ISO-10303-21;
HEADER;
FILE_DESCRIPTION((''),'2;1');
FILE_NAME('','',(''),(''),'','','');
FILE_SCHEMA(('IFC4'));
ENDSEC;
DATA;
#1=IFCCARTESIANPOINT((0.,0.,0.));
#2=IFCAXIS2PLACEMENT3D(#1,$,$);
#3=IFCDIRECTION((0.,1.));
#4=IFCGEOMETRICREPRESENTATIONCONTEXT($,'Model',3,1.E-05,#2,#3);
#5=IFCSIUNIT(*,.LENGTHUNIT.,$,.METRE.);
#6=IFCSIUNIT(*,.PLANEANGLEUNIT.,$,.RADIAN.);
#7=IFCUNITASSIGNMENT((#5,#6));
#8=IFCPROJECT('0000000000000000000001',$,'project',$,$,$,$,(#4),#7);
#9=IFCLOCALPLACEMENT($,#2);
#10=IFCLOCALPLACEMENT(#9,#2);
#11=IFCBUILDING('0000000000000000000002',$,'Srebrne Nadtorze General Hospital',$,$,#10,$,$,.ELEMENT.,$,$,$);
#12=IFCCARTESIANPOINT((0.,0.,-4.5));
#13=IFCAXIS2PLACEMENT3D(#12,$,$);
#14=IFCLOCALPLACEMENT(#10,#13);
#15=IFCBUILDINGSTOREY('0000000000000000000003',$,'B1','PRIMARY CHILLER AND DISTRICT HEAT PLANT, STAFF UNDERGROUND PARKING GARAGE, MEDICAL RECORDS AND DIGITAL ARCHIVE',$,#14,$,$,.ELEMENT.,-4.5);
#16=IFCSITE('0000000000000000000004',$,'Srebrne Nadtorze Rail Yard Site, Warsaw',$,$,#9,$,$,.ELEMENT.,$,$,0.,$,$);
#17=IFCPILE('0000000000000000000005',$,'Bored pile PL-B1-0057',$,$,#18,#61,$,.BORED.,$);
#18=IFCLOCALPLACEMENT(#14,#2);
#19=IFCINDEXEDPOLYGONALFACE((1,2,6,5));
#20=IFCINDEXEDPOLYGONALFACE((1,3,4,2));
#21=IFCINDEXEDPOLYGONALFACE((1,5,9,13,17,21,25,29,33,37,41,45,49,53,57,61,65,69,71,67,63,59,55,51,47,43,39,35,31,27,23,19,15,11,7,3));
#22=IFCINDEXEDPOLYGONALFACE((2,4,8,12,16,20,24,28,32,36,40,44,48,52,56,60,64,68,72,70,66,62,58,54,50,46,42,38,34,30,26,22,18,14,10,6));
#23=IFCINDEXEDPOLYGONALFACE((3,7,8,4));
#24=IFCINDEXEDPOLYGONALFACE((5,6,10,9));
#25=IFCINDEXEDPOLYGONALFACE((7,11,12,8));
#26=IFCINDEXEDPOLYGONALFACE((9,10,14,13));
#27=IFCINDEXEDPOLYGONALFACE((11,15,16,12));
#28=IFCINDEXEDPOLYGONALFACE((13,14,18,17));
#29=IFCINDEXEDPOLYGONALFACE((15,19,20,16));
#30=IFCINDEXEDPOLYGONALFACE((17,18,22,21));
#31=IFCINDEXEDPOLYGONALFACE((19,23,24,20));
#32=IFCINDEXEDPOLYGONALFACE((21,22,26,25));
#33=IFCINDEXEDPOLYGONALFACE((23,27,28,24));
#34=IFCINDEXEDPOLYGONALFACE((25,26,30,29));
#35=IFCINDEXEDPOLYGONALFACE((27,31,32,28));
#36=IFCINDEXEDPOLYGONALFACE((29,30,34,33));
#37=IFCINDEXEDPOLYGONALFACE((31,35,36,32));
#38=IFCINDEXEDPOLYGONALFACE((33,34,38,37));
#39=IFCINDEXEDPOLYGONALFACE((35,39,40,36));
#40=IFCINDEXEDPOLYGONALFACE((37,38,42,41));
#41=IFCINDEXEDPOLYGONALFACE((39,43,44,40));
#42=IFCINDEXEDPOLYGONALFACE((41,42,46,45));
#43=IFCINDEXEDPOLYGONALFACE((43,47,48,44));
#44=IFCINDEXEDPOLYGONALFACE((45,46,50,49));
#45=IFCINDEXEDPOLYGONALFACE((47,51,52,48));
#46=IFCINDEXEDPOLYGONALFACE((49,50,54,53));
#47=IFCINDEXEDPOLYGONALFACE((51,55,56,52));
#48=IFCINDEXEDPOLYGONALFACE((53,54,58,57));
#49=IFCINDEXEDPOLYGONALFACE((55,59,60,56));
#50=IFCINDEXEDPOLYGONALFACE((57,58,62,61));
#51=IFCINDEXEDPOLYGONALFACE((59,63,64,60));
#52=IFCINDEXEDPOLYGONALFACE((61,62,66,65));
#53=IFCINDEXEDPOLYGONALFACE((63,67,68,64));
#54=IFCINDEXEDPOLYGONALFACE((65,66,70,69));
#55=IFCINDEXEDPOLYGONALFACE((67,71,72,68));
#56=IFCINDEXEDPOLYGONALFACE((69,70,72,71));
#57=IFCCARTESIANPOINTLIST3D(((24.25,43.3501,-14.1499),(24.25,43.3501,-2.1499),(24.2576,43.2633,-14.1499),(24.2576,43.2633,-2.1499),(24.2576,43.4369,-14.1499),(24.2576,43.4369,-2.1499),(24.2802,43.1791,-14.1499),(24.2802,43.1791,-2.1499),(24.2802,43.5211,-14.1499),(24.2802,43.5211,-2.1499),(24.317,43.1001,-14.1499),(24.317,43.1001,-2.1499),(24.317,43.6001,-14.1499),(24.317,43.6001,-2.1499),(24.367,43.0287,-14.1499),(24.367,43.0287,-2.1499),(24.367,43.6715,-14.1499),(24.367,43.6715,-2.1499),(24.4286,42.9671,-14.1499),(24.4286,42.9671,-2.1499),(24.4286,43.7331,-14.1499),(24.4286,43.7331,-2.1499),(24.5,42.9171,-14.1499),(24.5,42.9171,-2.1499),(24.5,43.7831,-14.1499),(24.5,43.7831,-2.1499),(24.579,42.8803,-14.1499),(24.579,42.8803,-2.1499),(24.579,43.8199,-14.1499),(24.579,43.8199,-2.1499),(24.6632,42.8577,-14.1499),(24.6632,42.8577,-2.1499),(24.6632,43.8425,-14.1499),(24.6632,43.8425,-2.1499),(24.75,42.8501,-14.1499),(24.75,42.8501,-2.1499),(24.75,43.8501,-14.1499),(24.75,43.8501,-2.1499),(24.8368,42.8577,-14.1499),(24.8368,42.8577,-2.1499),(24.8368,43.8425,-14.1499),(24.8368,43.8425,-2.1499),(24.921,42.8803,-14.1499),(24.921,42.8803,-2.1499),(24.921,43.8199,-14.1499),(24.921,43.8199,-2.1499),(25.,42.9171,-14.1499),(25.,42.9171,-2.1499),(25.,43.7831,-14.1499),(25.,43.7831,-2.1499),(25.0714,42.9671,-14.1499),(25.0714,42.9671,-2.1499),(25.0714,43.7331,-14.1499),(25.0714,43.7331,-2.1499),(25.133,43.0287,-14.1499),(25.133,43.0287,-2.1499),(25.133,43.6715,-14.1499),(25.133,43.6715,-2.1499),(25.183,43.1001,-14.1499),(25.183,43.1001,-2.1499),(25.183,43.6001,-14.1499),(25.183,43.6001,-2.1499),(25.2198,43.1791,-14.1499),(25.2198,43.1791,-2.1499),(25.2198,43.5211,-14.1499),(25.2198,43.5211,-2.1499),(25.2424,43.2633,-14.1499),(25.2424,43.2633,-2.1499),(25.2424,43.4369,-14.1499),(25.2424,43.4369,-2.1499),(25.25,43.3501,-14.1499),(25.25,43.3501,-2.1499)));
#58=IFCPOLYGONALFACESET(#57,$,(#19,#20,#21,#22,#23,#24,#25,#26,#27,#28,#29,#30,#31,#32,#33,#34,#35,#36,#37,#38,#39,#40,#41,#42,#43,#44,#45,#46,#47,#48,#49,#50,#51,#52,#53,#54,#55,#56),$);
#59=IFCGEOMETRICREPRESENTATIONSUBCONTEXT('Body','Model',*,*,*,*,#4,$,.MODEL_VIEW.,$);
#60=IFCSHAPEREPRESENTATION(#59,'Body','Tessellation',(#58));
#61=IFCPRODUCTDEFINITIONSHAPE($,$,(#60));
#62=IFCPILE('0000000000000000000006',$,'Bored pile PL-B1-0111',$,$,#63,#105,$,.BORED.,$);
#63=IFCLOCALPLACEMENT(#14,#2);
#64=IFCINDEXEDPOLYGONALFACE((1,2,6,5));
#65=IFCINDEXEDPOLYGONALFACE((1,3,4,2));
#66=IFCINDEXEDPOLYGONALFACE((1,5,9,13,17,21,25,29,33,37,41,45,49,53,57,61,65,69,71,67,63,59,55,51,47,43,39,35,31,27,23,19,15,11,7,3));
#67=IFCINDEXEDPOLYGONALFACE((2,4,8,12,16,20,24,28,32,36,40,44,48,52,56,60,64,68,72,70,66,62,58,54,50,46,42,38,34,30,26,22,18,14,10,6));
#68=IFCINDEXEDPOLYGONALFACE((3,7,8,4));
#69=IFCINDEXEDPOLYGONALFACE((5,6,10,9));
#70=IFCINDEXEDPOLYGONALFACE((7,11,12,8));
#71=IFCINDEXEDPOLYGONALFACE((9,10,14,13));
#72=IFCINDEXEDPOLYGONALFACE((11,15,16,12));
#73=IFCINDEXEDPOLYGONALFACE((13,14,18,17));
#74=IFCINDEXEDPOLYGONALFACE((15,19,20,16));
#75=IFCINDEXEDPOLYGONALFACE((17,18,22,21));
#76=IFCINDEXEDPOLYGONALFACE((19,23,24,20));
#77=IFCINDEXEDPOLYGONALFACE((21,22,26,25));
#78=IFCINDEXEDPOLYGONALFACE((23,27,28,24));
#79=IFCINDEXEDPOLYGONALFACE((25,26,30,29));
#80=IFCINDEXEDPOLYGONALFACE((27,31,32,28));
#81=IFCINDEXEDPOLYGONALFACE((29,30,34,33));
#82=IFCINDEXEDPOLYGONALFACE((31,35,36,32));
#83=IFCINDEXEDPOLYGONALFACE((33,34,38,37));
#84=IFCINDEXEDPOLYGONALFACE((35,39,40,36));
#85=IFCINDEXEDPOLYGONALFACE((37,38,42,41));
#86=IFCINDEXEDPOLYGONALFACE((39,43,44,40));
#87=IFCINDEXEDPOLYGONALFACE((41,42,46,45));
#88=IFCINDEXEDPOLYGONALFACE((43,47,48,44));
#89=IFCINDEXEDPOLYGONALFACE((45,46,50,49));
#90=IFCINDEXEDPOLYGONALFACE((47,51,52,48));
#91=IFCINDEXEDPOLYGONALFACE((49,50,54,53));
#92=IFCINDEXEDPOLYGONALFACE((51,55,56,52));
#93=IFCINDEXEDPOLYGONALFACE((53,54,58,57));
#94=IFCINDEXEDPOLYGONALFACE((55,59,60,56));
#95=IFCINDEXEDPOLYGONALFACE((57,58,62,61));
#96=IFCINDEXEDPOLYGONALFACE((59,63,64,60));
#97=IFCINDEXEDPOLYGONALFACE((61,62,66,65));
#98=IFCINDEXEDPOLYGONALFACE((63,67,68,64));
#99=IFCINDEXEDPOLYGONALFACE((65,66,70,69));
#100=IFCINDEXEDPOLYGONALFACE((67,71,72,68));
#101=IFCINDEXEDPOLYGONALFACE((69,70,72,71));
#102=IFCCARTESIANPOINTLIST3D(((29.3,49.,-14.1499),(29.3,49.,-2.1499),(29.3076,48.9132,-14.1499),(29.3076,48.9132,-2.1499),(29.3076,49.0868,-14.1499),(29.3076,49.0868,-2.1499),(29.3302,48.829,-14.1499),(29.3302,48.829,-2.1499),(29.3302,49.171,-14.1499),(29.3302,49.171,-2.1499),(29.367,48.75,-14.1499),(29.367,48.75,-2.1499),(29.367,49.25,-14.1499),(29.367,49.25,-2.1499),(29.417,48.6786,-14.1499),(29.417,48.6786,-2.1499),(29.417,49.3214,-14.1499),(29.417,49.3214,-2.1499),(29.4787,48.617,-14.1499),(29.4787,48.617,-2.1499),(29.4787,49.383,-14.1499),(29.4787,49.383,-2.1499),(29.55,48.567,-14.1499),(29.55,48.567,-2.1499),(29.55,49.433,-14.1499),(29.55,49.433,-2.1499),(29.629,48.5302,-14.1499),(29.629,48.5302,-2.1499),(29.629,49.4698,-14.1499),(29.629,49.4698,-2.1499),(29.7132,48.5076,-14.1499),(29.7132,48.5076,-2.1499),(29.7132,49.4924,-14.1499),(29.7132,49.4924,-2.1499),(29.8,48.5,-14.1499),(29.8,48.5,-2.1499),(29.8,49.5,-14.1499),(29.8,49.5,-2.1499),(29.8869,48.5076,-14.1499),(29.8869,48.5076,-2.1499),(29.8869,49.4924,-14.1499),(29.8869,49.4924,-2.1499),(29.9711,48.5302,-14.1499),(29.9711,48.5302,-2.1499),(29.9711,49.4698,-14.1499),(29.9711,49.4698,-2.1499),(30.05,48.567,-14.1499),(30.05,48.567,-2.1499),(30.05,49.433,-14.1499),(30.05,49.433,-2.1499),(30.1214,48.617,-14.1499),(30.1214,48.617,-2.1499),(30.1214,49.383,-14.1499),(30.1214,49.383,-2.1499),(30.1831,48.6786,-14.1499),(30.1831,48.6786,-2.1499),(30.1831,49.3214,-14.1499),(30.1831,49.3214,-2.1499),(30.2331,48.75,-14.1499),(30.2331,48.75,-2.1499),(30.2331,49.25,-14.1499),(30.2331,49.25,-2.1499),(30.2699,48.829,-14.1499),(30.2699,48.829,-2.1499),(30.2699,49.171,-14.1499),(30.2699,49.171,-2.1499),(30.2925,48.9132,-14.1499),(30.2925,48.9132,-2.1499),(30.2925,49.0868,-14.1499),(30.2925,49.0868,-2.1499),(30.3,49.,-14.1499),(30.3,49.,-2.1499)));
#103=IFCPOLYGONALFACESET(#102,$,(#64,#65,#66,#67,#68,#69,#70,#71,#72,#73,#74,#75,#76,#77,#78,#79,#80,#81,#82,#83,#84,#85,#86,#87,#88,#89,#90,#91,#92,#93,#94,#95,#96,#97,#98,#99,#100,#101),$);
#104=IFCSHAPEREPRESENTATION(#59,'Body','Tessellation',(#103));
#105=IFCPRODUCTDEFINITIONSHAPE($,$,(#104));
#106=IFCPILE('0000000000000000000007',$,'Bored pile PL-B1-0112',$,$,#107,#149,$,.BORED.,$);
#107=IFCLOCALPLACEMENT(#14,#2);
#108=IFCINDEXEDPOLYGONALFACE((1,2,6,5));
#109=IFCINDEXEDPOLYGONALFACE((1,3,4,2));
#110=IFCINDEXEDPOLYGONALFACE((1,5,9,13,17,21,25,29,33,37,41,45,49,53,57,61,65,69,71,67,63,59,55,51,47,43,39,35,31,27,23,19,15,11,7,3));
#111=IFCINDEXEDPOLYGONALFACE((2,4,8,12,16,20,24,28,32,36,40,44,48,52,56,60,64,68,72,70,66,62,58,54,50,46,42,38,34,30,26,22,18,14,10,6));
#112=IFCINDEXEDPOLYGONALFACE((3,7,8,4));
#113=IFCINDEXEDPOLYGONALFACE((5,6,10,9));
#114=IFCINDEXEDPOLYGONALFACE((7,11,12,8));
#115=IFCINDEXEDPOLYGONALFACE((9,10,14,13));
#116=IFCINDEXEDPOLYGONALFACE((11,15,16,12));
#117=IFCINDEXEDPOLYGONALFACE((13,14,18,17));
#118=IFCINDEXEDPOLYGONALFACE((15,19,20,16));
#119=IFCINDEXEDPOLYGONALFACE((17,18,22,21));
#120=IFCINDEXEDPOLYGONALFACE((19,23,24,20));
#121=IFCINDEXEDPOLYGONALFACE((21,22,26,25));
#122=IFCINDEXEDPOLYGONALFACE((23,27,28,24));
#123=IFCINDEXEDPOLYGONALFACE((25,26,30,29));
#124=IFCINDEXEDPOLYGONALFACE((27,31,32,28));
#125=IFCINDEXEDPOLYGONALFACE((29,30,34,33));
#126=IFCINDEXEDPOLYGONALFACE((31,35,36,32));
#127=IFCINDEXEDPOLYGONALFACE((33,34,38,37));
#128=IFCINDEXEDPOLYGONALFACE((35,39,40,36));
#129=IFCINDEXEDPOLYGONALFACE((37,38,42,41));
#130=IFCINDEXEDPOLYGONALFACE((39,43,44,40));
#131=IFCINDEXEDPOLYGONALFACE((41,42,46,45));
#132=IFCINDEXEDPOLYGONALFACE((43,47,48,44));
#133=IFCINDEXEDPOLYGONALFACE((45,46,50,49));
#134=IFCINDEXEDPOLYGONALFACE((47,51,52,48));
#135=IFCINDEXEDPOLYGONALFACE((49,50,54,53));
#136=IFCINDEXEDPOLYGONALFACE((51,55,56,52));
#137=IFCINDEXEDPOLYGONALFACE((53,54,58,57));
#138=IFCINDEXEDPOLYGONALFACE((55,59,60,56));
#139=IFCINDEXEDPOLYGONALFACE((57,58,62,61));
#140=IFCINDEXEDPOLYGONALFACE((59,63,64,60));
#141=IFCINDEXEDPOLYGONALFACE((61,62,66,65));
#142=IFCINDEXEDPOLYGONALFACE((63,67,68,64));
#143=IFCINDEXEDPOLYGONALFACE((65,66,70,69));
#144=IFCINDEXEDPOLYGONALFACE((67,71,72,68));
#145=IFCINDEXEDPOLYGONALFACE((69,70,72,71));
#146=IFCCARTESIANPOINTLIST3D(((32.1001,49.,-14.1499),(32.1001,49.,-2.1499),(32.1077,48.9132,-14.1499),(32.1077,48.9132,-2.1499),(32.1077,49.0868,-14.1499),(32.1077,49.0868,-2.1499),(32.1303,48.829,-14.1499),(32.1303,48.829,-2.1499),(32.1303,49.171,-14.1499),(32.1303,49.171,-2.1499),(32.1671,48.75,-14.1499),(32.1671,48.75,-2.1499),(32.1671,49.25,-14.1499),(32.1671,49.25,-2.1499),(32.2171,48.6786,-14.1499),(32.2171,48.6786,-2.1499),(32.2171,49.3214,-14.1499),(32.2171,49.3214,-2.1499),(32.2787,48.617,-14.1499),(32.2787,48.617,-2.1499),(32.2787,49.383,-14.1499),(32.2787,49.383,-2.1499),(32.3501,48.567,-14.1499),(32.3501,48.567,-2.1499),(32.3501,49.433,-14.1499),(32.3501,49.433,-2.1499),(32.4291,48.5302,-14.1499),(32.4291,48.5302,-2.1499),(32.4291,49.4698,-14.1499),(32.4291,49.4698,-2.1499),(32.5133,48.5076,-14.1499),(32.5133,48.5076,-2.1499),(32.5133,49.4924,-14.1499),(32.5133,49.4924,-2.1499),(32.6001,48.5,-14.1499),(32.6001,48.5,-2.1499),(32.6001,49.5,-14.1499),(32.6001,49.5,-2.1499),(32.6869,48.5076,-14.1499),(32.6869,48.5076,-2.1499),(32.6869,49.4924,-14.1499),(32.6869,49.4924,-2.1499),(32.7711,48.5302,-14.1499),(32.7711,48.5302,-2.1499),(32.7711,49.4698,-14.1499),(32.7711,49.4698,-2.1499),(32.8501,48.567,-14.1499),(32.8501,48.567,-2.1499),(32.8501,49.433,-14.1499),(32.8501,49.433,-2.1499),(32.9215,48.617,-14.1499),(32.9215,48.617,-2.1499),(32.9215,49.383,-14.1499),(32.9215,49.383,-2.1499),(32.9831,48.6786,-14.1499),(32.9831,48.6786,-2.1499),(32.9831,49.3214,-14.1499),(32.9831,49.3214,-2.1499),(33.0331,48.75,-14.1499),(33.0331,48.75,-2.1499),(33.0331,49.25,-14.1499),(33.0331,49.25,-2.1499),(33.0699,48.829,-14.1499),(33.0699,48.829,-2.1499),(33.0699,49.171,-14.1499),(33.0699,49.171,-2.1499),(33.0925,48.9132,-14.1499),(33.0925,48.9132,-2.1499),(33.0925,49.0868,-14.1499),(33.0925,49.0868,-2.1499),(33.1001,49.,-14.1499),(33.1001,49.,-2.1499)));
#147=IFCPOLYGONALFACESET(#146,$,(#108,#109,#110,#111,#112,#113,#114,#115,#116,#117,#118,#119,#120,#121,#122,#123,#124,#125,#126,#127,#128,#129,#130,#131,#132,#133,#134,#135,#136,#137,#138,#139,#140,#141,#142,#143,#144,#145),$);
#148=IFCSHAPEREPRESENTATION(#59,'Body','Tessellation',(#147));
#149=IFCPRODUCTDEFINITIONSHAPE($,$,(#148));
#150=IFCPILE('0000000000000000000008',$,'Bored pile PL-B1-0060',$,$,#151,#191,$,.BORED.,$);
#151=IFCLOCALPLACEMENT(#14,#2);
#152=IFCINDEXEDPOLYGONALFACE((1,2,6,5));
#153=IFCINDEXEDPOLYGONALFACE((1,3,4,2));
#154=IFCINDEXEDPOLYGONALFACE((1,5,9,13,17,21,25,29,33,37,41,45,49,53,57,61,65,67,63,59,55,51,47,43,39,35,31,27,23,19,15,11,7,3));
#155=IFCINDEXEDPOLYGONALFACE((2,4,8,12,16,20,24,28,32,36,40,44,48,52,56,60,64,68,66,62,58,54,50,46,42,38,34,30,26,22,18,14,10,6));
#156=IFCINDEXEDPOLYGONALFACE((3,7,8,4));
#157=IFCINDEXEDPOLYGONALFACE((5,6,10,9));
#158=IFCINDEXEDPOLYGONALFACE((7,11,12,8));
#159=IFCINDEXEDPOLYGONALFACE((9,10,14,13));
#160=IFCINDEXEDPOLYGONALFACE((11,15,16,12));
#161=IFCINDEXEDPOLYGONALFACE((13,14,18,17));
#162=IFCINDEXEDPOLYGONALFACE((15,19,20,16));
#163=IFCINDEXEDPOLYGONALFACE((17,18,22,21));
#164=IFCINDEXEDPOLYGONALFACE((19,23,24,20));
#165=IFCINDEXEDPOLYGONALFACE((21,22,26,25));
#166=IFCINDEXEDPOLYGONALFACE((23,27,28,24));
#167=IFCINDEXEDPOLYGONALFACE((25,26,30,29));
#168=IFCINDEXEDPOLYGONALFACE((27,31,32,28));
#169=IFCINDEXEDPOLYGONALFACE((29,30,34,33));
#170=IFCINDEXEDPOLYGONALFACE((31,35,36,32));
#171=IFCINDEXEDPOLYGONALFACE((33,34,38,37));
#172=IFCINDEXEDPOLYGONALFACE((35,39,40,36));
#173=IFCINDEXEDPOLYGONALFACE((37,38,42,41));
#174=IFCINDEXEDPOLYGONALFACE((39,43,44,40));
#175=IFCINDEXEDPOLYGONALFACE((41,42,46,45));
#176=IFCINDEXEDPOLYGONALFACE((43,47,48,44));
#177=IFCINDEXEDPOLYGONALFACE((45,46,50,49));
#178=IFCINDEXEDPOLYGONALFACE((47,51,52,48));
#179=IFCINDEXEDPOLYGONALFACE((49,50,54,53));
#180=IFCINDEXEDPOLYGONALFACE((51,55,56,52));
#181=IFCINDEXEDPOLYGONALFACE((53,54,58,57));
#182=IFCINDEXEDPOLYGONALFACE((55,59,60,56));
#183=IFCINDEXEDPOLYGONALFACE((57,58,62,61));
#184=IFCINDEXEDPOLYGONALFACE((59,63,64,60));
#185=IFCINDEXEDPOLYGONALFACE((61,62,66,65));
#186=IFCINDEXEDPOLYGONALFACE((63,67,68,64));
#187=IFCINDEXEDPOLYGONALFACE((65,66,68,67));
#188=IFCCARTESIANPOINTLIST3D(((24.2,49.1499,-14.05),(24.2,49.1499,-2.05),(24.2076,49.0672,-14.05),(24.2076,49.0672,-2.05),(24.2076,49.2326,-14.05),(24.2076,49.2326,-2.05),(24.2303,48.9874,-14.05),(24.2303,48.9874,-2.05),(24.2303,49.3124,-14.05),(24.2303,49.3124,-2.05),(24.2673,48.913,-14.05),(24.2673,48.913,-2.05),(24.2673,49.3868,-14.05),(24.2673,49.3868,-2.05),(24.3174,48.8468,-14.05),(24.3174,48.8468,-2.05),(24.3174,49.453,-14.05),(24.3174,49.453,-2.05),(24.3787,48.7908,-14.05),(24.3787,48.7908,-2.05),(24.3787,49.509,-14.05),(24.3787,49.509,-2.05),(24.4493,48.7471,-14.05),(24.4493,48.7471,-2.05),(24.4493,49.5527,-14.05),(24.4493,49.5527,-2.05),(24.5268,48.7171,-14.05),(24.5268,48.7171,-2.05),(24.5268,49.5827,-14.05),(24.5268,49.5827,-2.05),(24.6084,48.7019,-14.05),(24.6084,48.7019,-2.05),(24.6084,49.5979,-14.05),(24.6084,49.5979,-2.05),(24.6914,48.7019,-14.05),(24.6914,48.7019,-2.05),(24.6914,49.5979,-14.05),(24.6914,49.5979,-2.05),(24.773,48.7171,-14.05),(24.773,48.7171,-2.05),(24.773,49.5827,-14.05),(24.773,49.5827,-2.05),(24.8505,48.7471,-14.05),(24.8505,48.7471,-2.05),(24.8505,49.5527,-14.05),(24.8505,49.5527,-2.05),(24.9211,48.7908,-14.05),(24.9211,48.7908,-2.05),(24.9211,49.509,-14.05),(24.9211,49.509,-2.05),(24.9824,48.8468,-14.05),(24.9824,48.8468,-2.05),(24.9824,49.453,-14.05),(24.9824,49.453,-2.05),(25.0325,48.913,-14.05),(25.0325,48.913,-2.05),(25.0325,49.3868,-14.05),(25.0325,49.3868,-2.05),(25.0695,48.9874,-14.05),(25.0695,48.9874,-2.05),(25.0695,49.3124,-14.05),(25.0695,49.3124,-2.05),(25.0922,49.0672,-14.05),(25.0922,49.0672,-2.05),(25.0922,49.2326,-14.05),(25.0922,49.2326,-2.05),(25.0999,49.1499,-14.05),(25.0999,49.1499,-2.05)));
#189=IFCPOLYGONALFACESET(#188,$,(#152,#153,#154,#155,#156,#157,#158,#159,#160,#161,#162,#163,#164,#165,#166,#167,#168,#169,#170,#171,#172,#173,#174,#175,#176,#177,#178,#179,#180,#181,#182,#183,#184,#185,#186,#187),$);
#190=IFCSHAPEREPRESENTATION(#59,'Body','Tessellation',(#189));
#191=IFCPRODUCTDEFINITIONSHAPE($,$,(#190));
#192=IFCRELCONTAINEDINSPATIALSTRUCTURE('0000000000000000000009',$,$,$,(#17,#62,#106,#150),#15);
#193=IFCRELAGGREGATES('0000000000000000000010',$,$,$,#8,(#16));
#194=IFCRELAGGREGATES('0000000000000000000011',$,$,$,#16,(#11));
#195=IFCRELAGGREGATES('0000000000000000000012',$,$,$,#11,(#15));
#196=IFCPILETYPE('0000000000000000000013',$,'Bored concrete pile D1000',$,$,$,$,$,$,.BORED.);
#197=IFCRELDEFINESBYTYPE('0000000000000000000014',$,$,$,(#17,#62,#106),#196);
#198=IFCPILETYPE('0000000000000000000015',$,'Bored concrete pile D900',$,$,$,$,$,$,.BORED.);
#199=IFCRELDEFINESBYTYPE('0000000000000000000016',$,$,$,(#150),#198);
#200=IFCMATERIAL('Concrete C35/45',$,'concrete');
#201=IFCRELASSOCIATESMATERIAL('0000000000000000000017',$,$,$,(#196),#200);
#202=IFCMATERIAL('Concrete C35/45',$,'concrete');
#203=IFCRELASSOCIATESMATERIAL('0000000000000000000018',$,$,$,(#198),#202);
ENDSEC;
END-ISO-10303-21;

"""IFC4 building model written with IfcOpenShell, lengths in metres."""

from ifc_helpers import new_model, si_unit, direction, frame, origin, origin_2d, place, context, subcontext, project, spatial, circle, extrude, material, material_profile, profile_set, type_object, element, save


model = new_model("IFC4")

# Units and contexts
model_context = context("Model", 3, precision=1e-05, world=origin(), true_north=direction((0.0, 1.0)))
body_context = subcontext(model_context, "Body", "Model", "MODEL_VIEW")
ifc_project = project(units=[si_unit("LENGTHUNIT", "METRE"), si_unit("PLANEANGLEUNIT", "RADIAN")], contexts=[model_context])

# Site, building, storey
site_placement = place(None, origin())
site = spatial("IfcSite", under=ifc_project, at=site_placement, Name="Srebrne Nadtorze Rail Yard Site, Warsaw", CompositionType="ELEMENT", RefElevation=0.0)
building_placement = place(site_placement, origin())
building = spatial("IfcBuilding", under=site, at=building_placement, Name="Srebrne Nadtorze General Hospital", CompositionType="ELEMENT")
storey_placement = place(building_placement, frame((0.0, 0.0, -4.5)))
storey = spatial("IfcBuildingStorey", under=building, at=storey_placement, Name="B1", Description="PRIMARY CHILLER AND DISTRICT HEAT PLANT, STAFF UNDERGROUND PARKING GARAGE, MEDICAL RECORDS AND DIGITAL ARCHIVE", CompositionType="ELEMENT", Elevation=-4.5)

# Piles
ifc_material_1 = material(Name="Concrete C35/45", Category="concrete")
ifc_material_profile_1 = material_profile(ifc_material_1, circle(Radius=0.5, at=origin_2d()), Name="PILE-D1000")
ifc_profile_set_1 = profile_set([ifc_material_profile_1], Name="Concrete C35/45")
pile_type_1 = type_object("IfcPileType", Name="Bored concrete pile D1000", PredefinedType="BORED", material=ifc_profile_set_1)
for number, where, z_axis, x_axis, name in (
    (1, (24.75, 43.3501, -2.1499), (0.0, 0.0, -1.0), (1.0, 0.0, 0.0), "Bored pile PL-B1-0057"),
    (2, (29.8, 49.0, -2.1499), (0.0, 0.0, -1.0), (1.0, 0.0, 0.0), "Bored pile PL-B1-0111"),
    (3, (32.6001, 49.0, -2.1499), (0.0, 0.0, -1.0), (1.0, 0.0, 0.0), "Bored pile PL-B1-0112"),
):
    element("IfcPile", number, at=place(storey_placement, frame(where, z_axis=z_axis, x_axis=x_axis)), inside=storey, type_object=pile_type_1, Name=name, PredefinedType="BORED", context=body_context, shape_type="SweptSolid", body=[
        extrude(circle(Radius=0.5, at=origin_2d()), origin(), (0.0, 0.0, 1.0), 12.0),
    ])
ifc_material_2 = material(Name="Concrete C35/45", Category="concrete")
ifc_material_profile_2 = material_profile(ifc_material_2, circle(Radius=0.45, at=origin_2d()), Name="PILE-D900")
ifc_profile_set_2 = profile_set([ifc_material_profile_2], Name="Concrete C35/45")
pile_type_2 = type_object("IfcPileType", Name="Bored concrete pile D900", PredefinedType="BORED", material=ifc_profile_set_2)
for number, where, z_axis, x_axis, name in (
    (4, (24.6499, 49.1499, -2.05), (0.0, 0.0, -1.0), (1.0, 0.0, 0.0), "Bored pile PL-B1-0060"),
):
    element("IfcPile", number, at=place(storey_placement, frame(where, z_axis=z_axis, x_axis=x_axis)), inside=storey, type_object=pile_type_2, Name=name, PredefinedType="BORED", context=body_context, shape_type="SweptSolid", body=[
        extrude(circle(Radius=0.45, at=origin_2d()), origin(), (0.0, 0.0, 1.0), 12.0),
    ])

save(model, "model.ifc")
